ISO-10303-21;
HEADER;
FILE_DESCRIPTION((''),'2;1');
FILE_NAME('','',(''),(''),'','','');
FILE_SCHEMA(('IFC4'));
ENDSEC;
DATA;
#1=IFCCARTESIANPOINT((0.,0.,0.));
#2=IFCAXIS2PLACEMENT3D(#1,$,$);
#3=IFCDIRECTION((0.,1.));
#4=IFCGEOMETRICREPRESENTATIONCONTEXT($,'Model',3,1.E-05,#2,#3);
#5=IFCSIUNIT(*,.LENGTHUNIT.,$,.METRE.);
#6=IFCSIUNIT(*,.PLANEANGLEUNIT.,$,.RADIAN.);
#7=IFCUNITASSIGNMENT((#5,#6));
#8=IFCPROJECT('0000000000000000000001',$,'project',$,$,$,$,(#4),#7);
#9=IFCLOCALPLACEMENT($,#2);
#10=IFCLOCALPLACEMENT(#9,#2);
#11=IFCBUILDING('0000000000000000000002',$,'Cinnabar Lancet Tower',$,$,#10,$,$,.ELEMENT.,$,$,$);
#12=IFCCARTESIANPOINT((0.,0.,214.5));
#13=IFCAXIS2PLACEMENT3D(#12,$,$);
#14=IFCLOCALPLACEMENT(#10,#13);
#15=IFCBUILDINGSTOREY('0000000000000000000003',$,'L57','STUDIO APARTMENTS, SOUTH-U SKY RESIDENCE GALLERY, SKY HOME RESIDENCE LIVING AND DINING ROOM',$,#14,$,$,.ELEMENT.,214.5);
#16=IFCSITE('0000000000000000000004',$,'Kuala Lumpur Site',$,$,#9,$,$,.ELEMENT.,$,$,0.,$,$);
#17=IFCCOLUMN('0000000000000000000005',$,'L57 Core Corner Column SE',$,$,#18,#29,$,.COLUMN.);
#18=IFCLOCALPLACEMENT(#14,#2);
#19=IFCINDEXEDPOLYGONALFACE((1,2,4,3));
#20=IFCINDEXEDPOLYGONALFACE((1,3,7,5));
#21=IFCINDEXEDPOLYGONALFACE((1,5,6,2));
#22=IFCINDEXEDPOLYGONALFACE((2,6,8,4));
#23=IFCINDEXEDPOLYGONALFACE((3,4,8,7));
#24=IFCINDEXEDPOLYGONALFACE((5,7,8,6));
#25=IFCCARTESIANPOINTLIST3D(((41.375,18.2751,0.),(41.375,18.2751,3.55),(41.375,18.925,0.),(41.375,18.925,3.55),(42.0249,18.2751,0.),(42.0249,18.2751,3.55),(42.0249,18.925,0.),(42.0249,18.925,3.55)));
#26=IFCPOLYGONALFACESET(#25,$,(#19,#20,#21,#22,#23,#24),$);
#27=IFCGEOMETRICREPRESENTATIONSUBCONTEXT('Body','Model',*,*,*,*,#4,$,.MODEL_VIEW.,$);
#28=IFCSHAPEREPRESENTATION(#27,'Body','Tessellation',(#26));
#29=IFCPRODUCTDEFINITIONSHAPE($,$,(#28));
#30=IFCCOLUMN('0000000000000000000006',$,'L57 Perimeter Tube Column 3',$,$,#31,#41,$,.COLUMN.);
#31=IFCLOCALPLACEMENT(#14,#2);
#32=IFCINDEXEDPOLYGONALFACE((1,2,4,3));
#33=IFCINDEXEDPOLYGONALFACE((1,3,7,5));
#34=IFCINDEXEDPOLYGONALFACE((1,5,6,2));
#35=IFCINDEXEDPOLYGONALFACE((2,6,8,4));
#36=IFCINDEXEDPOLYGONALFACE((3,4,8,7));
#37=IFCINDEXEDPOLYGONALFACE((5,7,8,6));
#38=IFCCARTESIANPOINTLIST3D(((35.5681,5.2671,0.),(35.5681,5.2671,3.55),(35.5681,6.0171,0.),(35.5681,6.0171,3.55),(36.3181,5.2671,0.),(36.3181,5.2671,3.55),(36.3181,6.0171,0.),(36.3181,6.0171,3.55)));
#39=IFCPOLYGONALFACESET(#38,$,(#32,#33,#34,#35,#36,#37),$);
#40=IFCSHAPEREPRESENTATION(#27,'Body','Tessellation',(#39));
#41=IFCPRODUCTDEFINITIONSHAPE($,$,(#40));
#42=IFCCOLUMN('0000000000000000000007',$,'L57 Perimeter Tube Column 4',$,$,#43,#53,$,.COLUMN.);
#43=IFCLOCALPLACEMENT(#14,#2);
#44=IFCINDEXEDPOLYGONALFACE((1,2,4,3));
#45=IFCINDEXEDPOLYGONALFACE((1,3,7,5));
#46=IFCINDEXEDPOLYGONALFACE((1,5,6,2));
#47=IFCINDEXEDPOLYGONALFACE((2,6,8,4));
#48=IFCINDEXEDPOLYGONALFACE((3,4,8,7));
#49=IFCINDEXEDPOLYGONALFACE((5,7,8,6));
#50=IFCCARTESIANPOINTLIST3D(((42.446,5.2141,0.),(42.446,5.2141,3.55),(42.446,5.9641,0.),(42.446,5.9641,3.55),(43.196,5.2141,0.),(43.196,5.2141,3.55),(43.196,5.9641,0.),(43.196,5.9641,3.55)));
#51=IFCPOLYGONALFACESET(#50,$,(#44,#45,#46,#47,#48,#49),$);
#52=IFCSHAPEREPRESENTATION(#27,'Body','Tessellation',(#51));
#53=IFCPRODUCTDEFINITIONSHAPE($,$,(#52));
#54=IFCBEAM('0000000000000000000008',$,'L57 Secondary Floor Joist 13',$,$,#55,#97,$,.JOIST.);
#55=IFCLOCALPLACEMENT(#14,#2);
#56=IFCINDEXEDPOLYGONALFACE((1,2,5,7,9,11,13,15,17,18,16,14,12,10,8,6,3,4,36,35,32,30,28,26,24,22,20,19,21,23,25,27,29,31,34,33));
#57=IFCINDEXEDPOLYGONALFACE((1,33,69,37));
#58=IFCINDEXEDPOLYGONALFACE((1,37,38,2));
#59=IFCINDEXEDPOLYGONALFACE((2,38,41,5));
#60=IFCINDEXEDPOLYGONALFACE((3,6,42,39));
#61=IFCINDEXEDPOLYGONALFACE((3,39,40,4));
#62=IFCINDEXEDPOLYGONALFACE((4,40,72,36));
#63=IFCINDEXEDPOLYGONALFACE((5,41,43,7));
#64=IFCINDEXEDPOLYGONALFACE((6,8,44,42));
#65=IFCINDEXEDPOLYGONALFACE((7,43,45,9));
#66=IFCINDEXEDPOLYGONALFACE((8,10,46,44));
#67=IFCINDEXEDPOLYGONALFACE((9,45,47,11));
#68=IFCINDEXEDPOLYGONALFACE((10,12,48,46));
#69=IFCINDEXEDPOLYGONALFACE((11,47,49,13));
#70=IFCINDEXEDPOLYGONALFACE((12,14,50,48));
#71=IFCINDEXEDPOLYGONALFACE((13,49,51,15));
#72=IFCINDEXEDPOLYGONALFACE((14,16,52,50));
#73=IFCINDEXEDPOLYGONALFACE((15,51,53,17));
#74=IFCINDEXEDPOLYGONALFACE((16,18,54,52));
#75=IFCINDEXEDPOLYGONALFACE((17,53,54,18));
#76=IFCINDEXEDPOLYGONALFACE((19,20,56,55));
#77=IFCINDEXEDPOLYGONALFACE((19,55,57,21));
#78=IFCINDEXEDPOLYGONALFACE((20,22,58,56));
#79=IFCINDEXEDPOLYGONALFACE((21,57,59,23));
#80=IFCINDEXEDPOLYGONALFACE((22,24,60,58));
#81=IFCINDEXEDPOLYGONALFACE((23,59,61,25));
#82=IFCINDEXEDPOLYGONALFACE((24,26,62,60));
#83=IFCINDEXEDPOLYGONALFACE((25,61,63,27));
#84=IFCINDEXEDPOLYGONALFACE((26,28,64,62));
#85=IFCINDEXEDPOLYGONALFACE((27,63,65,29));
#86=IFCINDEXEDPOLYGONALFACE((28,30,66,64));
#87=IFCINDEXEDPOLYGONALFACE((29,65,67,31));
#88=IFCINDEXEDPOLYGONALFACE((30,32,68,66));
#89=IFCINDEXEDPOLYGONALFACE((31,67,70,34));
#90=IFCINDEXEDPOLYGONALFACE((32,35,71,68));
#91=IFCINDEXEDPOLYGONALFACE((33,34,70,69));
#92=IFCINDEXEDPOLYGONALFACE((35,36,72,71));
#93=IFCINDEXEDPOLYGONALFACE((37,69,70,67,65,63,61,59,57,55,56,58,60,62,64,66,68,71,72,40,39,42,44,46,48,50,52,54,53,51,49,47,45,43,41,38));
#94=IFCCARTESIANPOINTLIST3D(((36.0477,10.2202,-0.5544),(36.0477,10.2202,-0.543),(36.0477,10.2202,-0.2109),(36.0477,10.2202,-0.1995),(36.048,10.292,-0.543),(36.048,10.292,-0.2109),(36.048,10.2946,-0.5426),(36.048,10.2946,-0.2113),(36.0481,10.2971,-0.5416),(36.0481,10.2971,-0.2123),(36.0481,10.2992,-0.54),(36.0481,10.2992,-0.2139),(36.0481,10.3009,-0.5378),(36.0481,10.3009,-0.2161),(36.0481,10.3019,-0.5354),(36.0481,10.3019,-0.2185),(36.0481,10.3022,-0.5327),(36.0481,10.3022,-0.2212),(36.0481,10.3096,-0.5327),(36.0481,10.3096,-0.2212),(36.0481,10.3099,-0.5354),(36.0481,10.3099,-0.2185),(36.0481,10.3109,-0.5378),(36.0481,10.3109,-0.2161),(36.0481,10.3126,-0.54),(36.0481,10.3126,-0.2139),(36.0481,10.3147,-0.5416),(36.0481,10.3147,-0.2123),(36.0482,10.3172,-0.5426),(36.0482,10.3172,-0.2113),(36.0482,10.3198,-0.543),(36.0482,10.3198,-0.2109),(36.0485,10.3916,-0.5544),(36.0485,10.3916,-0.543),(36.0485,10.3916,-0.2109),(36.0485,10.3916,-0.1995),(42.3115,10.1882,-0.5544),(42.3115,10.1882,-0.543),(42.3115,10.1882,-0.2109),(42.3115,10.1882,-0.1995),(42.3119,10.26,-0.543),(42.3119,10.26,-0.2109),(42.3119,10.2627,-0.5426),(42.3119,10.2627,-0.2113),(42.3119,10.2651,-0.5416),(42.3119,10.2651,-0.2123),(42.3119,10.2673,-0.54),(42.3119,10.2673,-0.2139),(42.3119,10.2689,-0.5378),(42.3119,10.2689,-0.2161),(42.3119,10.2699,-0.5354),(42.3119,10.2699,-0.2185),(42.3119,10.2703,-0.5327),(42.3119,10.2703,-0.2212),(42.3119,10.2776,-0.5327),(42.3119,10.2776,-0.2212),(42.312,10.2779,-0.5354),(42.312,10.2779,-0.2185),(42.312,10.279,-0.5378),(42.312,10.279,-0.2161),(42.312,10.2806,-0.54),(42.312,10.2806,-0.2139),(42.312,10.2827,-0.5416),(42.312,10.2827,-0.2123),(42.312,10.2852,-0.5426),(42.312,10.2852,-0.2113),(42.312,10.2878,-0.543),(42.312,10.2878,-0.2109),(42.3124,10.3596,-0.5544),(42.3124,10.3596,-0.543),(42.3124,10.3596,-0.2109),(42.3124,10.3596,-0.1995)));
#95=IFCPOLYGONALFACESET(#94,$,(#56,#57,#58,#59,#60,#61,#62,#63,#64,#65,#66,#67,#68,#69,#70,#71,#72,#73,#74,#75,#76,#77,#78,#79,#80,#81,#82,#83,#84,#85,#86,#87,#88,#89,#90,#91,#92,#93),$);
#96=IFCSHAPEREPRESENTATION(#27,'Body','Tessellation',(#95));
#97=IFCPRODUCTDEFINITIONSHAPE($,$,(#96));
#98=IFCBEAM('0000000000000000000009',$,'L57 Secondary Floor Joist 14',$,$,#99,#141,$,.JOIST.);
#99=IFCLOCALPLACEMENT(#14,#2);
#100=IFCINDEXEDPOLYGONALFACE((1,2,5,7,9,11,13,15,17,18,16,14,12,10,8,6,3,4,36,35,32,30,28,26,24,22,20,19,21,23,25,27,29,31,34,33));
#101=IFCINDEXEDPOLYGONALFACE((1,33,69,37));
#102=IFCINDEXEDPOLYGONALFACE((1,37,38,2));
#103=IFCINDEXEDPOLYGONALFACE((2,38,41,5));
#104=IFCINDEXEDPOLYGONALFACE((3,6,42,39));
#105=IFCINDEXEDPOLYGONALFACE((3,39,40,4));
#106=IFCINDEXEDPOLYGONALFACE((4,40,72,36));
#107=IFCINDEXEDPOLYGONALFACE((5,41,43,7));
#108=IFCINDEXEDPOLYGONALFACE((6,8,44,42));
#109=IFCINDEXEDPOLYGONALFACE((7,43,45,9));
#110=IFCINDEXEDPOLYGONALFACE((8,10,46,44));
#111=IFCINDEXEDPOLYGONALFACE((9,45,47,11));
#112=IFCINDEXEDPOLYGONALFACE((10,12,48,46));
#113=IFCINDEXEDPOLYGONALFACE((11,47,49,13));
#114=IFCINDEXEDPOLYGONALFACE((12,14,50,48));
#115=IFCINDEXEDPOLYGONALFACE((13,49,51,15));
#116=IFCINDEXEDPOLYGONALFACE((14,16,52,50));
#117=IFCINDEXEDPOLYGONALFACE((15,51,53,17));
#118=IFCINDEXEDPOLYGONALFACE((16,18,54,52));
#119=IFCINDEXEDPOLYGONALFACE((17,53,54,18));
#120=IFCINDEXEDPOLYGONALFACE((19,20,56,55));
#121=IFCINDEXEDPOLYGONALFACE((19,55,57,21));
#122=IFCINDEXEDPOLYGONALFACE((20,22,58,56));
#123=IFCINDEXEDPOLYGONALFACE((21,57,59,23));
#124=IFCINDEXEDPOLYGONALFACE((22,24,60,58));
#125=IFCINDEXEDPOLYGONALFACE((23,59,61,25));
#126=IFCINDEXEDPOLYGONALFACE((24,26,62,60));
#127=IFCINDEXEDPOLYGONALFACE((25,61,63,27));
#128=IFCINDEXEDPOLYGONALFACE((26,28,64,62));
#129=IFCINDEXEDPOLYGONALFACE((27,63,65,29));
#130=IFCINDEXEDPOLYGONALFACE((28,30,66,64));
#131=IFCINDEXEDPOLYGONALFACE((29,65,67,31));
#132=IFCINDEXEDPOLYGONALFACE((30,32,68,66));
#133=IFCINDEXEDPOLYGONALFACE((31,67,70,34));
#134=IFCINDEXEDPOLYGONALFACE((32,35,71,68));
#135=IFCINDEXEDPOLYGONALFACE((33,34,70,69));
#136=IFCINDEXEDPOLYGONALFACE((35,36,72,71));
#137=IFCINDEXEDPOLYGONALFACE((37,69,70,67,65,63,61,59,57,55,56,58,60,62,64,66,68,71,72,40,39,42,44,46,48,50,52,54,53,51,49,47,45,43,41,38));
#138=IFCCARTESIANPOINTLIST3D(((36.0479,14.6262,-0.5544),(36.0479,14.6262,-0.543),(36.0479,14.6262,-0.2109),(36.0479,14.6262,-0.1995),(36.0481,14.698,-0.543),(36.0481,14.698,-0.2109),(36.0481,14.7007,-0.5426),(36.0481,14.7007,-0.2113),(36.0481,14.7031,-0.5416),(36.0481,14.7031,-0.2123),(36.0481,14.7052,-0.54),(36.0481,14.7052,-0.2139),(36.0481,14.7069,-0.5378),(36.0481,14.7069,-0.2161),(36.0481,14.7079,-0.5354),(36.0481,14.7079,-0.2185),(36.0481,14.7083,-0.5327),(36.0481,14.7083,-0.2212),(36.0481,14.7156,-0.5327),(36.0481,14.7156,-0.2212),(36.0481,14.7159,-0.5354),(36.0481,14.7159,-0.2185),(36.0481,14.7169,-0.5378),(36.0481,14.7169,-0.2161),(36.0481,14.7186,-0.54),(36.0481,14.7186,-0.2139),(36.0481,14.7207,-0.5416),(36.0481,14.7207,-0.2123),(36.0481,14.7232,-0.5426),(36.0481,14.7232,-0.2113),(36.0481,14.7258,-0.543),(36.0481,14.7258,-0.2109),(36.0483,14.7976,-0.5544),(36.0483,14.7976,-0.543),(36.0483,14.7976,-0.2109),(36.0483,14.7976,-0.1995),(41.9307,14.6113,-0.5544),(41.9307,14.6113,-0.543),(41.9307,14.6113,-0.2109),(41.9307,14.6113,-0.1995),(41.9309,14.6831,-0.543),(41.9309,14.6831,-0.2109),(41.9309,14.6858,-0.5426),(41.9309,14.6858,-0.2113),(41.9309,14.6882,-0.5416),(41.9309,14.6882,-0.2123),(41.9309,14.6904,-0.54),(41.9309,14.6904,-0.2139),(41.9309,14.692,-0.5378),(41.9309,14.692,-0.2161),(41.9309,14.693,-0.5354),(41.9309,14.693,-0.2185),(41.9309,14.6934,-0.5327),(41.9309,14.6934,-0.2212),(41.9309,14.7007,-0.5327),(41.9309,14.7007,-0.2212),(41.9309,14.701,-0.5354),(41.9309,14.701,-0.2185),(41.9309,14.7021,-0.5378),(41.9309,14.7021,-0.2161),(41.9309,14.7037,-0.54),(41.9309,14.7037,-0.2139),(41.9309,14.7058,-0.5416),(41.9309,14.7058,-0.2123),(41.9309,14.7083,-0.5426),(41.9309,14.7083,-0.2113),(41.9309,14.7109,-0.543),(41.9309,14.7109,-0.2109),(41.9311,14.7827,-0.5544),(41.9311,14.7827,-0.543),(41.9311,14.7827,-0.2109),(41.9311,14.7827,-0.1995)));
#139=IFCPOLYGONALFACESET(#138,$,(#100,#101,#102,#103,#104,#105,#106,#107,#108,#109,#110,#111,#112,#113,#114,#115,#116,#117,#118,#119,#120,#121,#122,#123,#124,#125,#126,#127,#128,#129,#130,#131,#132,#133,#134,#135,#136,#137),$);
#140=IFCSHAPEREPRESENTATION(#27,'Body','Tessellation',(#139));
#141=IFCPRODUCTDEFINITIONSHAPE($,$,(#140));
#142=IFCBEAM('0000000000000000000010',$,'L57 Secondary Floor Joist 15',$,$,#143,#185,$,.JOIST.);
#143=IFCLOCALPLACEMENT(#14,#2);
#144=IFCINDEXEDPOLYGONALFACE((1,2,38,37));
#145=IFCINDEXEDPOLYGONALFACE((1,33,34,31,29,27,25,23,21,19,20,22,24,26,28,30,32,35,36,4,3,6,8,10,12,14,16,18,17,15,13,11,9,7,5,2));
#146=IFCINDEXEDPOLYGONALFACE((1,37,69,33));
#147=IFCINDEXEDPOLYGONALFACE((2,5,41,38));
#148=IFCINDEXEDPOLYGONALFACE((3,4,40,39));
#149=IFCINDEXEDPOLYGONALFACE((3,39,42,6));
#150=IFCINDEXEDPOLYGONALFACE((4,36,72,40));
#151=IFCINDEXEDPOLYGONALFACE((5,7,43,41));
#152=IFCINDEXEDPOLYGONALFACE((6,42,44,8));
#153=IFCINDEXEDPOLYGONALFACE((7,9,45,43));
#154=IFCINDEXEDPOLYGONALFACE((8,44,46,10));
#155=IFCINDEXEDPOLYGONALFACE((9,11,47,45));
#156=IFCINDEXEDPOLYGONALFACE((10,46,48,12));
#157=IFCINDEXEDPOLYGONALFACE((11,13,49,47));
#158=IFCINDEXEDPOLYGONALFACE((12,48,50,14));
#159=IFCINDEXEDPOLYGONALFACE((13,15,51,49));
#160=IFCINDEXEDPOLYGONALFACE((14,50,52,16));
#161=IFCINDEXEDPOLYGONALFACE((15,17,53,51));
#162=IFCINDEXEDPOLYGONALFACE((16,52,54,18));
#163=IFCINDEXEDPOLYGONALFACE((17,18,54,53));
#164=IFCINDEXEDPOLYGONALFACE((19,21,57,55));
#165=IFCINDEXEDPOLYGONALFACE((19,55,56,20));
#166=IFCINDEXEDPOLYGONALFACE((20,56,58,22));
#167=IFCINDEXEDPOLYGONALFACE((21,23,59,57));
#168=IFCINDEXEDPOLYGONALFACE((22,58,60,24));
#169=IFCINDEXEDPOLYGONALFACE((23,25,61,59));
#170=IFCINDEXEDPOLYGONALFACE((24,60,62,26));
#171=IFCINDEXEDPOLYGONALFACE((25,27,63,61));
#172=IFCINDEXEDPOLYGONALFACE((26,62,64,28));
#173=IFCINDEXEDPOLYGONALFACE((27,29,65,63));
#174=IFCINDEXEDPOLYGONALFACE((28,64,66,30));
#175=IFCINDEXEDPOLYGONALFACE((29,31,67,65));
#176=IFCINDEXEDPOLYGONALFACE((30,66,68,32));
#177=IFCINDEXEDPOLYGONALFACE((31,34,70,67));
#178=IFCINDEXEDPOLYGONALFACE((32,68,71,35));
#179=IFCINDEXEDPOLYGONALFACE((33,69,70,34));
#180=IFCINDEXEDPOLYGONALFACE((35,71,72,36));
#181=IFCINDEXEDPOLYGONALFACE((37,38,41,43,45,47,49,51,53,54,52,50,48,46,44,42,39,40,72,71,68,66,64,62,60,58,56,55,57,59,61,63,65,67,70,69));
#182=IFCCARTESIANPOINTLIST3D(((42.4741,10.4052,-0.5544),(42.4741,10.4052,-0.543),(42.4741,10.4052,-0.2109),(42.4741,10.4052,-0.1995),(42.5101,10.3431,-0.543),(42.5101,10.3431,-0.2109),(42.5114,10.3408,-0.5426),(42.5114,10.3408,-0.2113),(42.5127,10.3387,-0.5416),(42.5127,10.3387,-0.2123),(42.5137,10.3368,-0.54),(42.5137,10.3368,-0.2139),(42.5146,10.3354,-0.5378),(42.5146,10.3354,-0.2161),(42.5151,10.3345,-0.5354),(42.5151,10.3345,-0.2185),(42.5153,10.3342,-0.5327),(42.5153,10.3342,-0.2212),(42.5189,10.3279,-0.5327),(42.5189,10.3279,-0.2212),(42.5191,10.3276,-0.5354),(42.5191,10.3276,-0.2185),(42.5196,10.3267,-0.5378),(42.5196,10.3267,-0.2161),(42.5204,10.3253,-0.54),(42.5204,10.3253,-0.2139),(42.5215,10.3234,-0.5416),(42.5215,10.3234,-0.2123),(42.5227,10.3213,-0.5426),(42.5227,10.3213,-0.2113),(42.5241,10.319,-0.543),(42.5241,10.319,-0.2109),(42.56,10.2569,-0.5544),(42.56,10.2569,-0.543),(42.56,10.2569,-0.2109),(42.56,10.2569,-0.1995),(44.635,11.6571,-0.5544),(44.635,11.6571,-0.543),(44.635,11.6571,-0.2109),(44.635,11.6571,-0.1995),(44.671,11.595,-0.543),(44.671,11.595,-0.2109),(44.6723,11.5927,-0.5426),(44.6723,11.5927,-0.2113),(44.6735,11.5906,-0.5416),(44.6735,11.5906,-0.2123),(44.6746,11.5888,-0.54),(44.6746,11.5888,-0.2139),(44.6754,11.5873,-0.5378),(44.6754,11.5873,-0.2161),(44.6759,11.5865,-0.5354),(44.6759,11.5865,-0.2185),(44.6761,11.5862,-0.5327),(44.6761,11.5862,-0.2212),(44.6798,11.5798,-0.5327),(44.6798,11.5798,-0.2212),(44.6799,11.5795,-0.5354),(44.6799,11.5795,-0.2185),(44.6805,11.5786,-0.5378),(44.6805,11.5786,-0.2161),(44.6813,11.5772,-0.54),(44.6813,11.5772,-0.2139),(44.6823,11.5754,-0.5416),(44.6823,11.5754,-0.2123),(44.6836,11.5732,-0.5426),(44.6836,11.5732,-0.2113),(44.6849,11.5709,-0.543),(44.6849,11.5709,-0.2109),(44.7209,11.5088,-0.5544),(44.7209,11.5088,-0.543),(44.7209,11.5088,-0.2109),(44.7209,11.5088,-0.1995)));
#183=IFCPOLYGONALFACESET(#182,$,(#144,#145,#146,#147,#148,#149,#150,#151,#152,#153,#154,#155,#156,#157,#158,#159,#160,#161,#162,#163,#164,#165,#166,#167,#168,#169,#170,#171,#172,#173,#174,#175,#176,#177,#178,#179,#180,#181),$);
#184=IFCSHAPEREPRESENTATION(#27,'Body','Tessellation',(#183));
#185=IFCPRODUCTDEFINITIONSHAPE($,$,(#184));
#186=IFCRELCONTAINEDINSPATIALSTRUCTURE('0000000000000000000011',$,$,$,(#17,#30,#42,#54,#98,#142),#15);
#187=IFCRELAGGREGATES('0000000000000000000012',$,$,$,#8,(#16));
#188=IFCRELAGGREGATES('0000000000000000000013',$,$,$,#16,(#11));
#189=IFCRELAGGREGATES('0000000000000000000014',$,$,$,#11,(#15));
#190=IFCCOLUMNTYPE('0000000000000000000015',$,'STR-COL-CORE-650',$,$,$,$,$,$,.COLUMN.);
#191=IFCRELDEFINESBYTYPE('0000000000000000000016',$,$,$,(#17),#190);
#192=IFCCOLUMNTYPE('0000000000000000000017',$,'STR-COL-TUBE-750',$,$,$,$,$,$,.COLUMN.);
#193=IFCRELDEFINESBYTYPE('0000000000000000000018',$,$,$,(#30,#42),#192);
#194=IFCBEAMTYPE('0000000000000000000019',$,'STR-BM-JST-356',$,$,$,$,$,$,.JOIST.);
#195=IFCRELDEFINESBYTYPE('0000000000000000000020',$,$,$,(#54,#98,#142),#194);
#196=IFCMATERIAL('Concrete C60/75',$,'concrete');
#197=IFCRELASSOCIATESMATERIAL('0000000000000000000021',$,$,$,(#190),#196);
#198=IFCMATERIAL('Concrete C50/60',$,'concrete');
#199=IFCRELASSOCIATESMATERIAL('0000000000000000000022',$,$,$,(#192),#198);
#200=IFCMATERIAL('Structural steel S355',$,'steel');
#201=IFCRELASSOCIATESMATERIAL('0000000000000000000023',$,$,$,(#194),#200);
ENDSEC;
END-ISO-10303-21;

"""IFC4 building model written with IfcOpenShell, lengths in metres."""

from ifc_helpers import new_model, si_unit, direction, frame, origin, origin_2d, place, context, subcontext, project, spatial, rectangle, i_section, extrude, material, material_profile, profile_set, type_object, element, save


model = new_model("IFC4")

# Units and contexts
model_context = context("Model", 3, precision=1e-05, world=origin(), true_north=direction((0.0, 1.0)))
body_context = subcontext(model_context, "Body", "Model", "MODEL_VIEW")
ifc_project = project(units=[si_unit("LENGTHUNIT", "METRE"), si_unit("PLANEANGLEUNIT", "RADIAN")], contexts=[model_context])

# Site, building, storey
site_placement = place(None, origin())
site = spatial("IfcSite", under=ifc_project, at=site_placement, Name="Kuala Lumpur Site", CompositionType="ELEMENT", RefElevation=0.0)
building_placement = place(site_placement, origin())
building = spatial("IfcBuilding", under=site, at=building_placement, Name="Cinnabar Lancet Tower", CompositionType="ELEMENT")
storey_placement = place(building_placement, frame((0.0, 0.0, 214.5)))
storey = spatial("IfcBuildingStorey", under=building, at=storey_placement, Name="L57", Description="STUDIO APARTMENTS, SOUTH-U SKY RESIDENCE GALLERY, SKY HOME RESIDENCE LIVING AND DINING ROOM", CompositionType="ELEMENT", Elevation=214.5)

# Columns
ifc_material_1 = material(Name="Concrete C60/75", Category="concrete")
ifc_material_profile_1 = material_profile(ifc_material_1, rectangle(XDim=0.6499, YDim=0.6499, at=origin_2d()), Name="RC-COL 650x650")
ifc_profile_set_1 = profile_set([ifc_material_profile_1], Name="Concrete C60/75")
column_type_1 = type_object("IfcColumnType", Name="STR-COL-CORE-650", PredefinedType="COLUMN", material=ifc_profile_set_1)
column_placement = place(storey_placement, frame((41.7, 18.6001, 0.0), z_axis=(0.0, 0.0, 1.0), x_axis=(1.0, 0.0, 0.0)))
element("IfcColumn", 1, at=column_placement, inside=storey, type_object=column_type_1, Name="L57 Core Corner Column SE", PredefinedType="COLUMN", context=body_context, shape_type="SweptSolid", body=[
    extrude(rectangle(XDim=0.6499, YDim=0.6499, at=origin_2d()), origin(), (0.0, 0.0, 1.0), 3.55),
])
ifc_material_2 = material(Name="Concrete C50/60", Category="concrete")
ifc_material_profile_2 = material_profile(ifc_material_2, rectangle(XDim=0.75, YDim=0.75, at=origin_2d()), Name="RC-COL 750x750")
ifc_profile_set_2 = profile_set([ifc_material_profile_2], Name="Concrete C50/60")
column_type_2 = type_object("IfcColumnType", Name="STR-COL-TUBE-750", PredefinedType="COLUMN", material=ifc_profile_set_2)
for number, where, z_axis, x_axis, name in (
    (2, (35.9431, 5.6421, 0.0), (0.0, 0.0, 1.0), (1.0, 0.0, 0.0), "L57 Perimeter Tube Column 3"),
    (3, (42.821, 5.5891, 0.0), (0.0, 0.0, 1.0), (1.0, 0.0, 0.0), "L57 Perimeter Tube Column 4"),
):
    element("IfcColumn", number, at=place(storey_placement, frame(where, z_axis=z_axis, x_axis=x_axis)), inside=storey, type_object=column_type_2, Name=name, PredefinedType="COLUMN", context=body_context, shape_type="SweptSolid", body=[
        extrude(rectangle(XDim=0.75, YDim=0.75, at=origin_2d()), origin(), (0.0, 0.0, 1.0), 3.55),
    ])

# Beams
ifc_material_3 = material(Name="Structural steel S355", Category="steel")
ifc_material_profile_3 = material_profile(ifc_material_3, i_section(OverallWidth=0.1714, OverallDepth=0.355, WebThickness=0.0073, FlangeThickness=0.0115, FilletRadius=0.0103, at=origin_2d()), Name="UKB 356x171x51")
ifc_profile_set_3 = profile_set([ifc_material_profile_3], Name="Structural steel S355")
beam_type_1 = type_object("IfcBeamType", Name="STR-BM-JST-356", PredefinedType="JOIST", material=ifc_profile_set_3)
beam_1_placement = place(storey_placement, frame((36.0481, 10.3059, -0.377), z_axis=(0.999987, -0.005106, 0.0), x_axis=(0.005106, 0.999987, 0.0)))
element("IfcBeam", 4, at=beam_1_placement, inside=storey, type_object=beam_type_1, Name="L57 Secondary Floor Joist 13", PredefinedType="JOIST", context=body_context, shape_type="SweptSolid", body=[
    extrude(i_section(OverallWidth=0.1714, OverallDepth=0.355, WebThickness=0.0073, FlangeThickness=0.0115, FilletRadius=0.0103, at=origin_2d()), origin(), (0.0, 0.0, 1.0), 6.2639),
])
beam_2_placement = place(storey_placement, frame((36.0481, 14.7119, -0.377), z_axis=(0.999997, -0.002532, 0.0), x_axis=(0.002532, 0.999997, 0.0)))
element("IfcBeam", 5, at=beam_2_placement, inside=storey, type_object=beam_type_1, Name="L57 Secondary Floor Joist 14", PredefinedType="JOIST", context=body_context, shape_type="SweptSolid", body=[
    extrude(i_section(OverallWidth=0.1714, OverallDepth=0.355, WebThickness=0.0073, FlangeThickness=0.0115, FilletRadius=0.0103, at=origin_2d()), origin(), (0.0, 0.0, 1.0), 5.8828),
])
beam_3_placement = place(storey_placement, frame((42.5171, 10.3311, -0.377), z_axis=(0.865268, 0.50131, 0.0), x_axis=(-0.50131, 0.865268, 0.0)))
element("IfcBeam", 6, at=beam_3_placement, inside=storey, type_object=beam_type_1, Name="L57 Secondary Floor Joist 15", PredefinedType="JOIST", context=body_context, shape_type="SweptSolid", body=[
    extrude(i_section(OverallWidth=0.1714, OverallDepth=0.355, WebThickness=0.0073, FlangeThickness=0.0115, FilletRadius=0.0103, at=origin_2d()), origin(), (0.0, 0.0, 1.0), 2.4973),
])

save(model, "model.ifc")
